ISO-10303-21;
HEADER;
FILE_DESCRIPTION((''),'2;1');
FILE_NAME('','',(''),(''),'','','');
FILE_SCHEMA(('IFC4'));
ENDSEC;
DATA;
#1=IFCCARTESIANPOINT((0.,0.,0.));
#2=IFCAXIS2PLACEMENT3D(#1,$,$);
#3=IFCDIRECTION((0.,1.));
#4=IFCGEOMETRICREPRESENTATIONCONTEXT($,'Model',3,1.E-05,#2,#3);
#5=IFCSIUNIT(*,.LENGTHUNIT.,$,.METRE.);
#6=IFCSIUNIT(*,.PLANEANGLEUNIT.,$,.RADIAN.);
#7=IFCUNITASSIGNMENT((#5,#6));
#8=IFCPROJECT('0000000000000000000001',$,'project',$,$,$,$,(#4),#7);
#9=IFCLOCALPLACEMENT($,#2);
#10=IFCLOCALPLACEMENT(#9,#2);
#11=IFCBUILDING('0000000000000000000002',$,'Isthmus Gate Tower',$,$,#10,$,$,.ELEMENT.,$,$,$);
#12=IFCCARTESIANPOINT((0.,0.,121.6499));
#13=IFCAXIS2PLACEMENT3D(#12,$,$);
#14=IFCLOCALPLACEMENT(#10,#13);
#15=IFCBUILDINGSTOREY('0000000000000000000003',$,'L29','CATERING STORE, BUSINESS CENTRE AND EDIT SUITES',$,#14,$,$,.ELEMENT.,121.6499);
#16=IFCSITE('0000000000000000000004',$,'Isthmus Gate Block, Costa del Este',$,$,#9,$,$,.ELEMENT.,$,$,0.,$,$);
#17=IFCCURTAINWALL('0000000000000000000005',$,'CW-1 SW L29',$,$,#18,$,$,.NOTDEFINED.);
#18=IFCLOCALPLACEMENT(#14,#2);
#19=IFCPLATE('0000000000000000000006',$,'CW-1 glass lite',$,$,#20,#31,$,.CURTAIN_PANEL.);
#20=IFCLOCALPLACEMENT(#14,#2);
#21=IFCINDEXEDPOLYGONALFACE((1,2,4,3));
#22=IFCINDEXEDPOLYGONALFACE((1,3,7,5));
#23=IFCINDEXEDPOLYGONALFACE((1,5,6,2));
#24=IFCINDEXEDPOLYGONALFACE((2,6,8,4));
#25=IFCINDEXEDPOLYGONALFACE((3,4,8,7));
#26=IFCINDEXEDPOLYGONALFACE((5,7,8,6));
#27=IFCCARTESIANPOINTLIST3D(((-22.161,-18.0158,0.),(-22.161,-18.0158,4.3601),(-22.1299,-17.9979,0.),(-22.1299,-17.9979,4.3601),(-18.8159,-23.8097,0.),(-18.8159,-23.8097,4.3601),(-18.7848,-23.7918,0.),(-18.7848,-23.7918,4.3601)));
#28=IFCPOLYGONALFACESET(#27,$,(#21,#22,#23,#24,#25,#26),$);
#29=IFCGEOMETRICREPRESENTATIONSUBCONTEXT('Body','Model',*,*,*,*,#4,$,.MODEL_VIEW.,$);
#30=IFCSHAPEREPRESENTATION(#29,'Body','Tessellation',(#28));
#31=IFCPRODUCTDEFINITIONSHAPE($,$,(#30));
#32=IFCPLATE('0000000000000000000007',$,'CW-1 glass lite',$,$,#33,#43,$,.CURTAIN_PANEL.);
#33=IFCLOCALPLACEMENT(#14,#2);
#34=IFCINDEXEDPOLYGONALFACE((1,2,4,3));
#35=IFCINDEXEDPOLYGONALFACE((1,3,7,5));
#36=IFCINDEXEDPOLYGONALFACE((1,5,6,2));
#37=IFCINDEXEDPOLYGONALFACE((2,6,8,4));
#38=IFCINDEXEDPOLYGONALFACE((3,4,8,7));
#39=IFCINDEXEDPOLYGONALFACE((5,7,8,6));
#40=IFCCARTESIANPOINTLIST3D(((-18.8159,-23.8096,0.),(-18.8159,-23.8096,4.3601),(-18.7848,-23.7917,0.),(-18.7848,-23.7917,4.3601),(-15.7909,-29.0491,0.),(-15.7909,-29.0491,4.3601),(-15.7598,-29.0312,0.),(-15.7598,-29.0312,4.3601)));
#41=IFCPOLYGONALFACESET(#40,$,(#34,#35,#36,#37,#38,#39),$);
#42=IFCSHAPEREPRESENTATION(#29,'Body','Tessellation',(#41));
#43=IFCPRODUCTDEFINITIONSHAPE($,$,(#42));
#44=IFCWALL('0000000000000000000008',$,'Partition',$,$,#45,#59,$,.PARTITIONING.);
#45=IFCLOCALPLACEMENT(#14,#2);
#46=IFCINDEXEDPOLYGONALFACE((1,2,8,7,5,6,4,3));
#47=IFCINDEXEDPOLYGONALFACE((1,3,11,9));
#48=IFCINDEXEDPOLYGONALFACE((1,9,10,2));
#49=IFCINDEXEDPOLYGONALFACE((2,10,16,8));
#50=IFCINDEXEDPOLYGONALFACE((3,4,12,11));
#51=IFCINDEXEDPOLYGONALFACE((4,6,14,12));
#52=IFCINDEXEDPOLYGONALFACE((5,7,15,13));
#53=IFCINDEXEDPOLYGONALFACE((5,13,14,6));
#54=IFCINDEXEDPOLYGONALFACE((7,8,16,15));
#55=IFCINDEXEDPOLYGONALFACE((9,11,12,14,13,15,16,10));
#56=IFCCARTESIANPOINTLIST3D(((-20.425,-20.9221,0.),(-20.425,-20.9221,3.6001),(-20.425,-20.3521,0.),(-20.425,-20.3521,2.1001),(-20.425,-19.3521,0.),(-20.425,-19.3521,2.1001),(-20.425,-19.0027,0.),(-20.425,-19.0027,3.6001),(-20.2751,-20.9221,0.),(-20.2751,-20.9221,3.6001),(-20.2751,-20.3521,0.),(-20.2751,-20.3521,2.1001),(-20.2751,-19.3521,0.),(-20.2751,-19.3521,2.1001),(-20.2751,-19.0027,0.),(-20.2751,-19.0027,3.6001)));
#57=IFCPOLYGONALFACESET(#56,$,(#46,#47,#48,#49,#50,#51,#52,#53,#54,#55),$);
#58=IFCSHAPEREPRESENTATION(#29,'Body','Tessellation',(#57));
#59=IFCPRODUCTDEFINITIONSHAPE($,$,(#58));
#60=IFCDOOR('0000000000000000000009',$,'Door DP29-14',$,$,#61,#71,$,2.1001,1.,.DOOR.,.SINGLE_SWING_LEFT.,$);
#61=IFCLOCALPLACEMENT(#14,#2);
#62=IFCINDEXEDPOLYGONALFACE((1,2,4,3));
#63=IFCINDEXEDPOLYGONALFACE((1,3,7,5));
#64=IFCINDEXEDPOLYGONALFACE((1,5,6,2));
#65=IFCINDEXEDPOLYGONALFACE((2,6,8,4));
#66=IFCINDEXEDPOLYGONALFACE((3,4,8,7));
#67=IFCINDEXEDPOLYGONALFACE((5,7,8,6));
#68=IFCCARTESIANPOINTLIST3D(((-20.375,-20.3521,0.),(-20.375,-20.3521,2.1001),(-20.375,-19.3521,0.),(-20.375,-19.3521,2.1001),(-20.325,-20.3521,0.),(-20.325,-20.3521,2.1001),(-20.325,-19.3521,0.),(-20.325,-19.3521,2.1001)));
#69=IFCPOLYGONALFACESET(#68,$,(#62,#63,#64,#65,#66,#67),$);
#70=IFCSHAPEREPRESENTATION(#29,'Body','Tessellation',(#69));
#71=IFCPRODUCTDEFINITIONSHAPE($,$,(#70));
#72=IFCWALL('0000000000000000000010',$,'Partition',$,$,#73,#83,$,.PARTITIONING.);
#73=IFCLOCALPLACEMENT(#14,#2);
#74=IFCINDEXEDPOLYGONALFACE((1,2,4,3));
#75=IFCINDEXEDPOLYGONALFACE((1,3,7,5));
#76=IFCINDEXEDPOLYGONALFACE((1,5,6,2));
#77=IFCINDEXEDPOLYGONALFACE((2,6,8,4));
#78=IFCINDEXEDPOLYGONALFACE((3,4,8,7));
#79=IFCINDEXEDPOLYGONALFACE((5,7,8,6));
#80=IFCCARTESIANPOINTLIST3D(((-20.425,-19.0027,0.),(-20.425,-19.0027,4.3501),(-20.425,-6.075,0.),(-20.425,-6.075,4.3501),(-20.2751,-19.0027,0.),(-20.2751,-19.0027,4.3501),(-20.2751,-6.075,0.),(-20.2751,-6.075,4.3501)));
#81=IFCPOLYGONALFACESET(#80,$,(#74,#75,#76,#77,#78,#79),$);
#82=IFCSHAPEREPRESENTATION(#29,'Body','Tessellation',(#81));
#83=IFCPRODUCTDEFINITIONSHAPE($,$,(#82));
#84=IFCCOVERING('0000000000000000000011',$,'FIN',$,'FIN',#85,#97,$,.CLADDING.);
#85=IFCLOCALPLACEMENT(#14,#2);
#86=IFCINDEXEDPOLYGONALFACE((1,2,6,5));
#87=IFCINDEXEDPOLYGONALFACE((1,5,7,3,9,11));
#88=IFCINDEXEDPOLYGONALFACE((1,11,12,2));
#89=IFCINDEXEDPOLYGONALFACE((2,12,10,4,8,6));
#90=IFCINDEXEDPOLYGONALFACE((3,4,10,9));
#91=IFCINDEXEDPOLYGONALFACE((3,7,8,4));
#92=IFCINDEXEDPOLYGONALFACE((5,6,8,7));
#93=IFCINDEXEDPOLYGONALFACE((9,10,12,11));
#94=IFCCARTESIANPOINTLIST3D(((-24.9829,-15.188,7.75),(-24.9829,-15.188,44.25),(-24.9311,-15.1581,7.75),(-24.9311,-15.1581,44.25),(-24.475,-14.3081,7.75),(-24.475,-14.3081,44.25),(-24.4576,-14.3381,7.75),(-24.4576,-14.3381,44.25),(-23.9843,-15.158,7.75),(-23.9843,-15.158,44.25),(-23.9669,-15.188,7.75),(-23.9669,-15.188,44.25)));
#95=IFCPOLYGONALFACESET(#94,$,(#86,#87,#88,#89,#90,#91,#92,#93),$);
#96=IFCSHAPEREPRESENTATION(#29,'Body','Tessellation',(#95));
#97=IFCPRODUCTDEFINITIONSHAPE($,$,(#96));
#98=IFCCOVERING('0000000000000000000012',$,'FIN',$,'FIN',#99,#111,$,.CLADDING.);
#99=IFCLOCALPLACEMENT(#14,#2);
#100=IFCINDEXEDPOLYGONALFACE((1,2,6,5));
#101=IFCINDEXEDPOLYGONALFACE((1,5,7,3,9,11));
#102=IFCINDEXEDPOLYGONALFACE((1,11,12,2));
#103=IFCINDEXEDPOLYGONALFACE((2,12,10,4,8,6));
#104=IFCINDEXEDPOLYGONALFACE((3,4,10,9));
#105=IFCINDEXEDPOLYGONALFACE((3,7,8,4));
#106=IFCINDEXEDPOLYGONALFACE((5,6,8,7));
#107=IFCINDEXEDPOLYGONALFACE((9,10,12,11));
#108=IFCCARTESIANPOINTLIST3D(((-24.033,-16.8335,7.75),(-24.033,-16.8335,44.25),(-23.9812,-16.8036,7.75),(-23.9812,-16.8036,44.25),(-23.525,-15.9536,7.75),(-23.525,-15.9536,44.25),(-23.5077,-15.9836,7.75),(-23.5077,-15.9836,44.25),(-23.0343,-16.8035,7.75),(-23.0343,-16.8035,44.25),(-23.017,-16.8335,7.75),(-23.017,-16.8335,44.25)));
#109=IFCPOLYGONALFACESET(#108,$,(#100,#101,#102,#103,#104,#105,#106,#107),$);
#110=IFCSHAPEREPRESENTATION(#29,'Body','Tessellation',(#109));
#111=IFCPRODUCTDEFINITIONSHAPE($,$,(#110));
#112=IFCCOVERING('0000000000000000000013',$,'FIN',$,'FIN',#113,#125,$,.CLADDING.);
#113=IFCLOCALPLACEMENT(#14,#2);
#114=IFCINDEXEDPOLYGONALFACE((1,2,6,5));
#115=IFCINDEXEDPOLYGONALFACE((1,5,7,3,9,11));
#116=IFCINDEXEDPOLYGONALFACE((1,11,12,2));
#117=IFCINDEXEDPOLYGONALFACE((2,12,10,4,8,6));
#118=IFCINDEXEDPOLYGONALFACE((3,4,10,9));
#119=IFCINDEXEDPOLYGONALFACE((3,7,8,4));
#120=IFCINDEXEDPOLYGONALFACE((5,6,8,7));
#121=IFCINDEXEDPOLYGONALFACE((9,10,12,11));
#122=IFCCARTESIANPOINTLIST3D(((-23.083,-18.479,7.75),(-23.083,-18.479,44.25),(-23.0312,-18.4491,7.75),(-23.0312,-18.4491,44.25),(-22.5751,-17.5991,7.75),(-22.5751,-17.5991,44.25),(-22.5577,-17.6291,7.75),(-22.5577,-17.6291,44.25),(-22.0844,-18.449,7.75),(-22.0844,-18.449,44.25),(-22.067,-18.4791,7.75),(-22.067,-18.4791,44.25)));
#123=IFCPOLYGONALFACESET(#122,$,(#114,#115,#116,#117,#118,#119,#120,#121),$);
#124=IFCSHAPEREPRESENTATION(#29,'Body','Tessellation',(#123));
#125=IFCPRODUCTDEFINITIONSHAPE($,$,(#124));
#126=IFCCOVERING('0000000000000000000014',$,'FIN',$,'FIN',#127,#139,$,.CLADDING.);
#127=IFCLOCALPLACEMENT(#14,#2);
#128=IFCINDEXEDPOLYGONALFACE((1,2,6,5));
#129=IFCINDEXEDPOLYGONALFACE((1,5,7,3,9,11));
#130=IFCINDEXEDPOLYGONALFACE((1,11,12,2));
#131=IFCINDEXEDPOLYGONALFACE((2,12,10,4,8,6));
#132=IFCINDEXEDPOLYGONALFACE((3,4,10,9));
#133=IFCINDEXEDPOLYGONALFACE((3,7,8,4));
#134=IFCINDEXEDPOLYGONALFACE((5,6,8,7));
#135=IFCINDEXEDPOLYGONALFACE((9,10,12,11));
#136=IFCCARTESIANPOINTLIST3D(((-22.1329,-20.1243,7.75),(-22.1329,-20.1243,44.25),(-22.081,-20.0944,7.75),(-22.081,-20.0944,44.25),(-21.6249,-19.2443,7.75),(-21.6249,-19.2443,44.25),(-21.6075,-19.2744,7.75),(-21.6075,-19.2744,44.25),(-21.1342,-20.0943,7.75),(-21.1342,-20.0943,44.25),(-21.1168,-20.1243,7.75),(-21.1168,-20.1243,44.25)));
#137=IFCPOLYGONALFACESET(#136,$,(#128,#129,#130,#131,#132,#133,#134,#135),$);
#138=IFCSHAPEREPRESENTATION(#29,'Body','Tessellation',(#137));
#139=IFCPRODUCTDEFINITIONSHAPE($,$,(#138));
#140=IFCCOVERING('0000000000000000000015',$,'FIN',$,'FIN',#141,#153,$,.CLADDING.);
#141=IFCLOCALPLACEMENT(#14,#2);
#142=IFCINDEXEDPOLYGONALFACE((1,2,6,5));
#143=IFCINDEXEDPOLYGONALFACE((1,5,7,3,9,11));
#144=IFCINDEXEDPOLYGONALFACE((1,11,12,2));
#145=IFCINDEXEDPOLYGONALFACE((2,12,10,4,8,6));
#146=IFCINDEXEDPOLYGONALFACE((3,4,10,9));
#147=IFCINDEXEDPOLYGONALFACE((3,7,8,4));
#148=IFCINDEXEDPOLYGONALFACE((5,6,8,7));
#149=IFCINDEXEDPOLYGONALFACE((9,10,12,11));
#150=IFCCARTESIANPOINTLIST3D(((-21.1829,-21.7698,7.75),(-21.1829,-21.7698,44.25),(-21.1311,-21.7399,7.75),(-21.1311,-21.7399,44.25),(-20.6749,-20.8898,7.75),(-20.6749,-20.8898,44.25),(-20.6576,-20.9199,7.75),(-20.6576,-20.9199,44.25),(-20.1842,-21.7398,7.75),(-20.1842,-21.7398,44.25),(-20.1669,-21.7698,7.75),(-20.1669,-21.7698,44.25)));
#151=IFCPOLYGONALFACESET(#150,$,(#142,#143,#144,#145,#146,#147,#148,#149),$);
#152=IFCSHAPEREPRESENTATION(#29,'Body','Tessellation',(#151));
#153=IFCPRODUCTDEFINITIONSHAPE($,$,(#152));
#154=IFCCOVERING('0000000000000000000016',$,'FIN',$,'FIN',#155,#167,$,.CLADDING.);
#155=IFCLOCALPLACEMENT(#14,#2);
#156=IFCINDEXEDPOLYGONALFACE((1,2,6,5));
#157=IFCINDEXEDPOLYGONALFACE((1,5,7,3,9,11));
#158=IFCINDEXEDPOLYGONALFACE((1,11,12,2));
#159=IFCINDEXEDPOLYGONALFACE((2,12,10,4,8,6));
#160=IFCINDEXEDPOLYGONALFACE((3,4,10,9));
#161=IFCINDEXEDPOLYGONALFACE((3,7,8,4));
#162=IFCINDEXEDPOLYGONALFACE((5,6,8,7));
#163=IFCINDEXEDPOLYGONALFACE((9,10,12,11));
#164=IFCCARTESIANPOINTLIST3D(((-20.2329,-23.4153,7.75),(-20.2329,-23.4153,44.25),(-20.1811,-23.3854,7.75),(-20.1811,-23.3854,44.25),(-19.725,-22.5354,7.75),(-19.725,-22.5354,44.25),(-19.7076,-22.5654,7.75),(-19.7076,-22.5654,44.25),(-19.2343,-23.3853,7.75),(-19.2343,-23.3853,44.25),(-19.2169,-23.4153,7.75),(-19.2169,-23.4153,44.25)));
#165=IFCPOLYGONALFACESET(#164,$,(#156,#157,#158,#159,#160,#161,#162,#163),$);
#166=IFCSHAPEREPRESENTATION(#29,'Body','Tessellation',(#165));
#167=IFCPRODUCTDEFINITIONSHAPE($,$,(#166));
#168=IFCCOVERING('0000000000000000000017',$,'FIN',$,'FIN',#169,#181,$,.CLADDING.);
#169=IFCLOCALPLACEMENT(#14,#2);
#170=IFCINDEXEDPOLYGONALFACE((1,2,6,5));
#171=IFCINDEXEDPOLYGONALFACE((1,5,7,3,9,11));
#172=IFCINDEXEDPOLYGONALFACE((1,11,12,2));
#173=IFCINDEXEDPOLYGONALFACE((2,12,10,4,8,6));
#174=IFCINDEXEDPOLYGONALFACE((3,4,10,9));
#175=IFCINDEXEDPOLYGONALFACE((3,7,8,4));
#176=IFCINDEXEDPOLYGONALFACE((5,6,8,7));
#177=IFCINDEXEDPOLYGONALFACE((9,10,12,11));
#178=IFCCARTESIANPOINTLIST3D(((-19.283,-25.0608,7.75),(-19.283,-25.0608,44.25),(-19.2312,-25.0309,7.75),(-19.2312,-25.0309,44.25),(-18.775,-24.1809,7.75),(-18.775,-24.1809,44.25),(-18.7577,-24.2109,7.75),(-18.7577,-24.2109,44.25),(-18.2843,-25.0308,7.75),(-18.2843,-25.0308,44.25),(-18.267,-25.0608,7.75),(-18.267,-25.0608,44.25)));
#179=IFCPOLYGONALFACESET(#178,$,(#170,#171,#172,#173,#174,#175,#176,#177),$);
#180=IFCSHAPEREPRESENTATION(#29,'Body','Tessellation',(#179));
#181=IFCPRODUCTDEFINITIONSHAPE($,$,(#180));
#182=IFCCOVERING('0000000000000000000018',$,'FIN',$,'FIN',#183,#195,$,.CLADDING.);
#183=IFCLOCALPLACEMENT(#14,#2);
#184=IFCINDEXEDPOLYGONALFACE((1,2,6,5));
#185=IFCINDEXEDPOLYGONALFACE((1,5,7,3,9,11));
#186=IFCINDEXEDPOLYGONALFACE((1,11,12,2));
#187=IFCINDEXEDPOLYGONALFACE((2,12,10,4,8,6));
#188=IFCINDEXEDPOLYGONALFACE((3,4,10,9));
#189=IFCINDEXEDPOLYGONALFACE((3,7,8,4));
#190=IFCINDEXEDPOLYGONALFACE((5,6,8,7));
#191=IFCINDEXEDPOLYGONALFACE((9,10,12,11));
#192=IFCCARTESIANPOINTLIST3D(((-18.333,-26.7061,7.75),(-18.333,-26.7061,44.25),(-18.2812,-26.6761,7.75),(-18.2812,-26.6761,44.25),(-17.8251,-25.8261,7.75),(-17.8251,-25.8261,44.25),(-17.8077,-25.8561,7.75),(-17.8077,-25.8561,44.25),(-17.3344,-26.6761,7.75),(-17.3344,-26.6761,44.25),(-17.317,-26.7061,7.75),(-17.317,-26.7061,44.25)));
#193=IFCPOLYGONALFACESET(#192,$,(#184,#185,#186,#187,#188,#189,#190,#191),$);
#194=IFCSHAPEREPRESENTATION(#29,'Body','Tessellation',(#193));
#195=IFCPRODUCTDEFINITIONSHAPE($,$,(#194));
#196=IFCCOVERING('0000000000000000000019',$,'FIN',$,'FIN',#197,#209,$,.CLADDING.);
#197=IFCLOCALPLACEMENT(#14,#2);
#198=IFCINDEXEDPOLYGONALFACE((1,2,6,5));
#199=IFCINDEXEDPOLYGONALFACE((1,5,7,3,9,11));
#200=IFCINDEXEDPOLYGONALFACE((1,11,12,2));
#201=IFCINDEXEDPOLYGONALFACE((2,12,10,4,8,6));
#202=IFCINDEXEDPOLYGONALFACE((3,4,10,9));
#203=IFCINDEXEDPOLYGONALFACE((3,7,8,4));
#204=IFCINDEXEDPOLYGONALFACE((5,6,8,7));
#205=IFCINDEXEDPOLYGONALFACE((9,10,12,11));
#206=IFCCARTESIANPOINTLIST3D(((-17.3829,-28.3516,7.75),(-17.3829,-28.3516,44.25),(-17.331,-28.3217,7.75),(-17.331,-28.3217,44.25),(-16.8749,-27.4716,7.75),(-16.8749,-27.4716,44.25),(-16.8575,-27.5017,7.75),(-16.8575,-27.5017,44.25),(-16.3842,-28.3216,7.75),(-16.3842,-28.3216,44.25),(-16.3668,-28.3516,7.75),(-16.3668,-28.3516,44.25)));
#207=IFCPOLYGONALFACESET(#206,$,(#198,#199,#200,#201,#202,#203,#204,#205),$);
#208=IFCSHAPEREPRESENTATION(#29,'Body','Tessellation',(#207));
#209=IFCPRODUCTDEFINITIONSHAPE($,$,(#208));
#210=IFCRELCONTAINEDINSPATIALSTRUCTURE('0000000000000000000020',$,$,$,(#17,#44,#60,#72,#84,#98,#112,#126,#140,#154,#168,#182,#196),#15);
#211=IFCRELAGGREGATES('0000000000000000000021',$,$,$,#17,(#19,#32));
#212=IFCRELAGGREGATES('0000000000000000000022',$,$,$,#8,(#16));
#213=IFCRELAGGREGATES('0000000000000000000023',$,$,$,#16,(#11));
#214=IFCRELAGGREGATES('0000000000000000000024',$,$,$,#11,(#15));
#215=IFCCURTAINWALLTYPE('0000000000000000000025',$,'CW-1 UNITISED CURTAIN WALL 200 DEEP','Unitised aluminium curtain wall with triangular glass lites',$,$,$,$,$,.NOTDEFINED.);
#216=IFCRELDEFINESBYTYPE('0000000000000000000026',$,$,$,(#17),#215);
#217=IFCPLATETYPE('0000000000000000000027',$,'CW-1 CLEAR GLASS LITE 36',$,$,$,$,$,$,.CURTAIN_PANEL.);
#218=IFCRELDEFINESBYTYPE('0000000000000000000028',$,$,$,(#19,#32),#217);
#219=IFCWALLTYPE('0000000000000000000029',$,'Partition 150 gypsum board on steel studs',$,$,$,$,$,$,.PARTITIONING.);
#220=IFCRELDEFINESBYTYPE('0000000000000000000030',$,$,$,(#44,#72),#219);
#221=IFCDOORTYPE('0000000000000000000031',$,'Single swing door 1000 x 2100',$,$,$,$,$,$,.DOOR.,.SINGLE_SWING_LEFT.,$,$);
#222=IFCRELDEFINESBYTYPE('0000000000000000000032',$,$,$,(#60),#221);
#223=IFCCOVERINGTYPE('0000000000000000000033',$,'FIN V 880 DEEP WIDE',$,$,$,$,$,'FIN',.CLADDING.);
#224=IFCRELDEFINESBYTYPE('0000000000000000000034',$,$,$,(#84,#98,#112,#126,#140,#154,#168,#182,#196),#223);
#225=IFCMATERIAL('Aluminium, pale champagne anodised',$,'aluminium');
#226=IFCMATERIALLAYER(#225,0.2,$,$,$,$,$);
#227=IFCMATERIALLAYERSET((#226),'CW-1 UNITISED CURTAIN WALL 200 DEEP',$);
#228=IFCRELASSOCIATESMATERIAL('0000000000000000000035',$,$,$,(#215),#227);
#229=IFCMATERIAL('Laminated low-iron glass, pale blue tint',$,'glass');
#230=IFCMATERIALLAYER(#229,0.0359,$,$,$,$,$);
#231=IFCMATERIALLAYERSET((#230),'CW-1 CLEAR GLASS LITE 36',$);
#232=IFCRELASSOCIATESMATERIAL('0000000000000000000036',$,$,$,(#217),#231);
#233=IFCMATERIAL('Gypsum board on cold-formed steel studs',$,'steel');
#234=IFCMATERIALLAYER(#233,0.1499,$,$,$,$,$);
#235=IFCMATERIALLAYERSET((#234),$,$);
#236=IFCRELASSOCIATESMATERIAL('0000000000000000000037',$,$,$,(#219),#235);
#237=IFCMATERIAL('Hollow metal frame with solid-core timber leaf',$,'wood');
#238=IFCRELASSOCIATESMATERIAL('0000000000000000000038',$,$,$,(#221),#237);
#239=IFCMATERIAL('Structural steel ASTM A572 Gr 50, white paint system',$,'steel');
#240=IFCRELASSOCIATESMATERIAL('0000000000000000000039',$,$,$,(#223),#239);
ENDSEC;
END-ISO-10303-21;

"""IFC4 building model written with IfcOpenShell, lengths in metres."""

from ifc_helpers import new_model, si_unit, direction, frame, frame_2d, origin, origin_2d, place, context, subcontext, project, spatial, polyline, rectangle, outline, extrude, material, layer, layer_set, material_profile, profile_set, type_object, element, fill, aggregate, save


model = new_model("IFC4")

# Units and contexts
model_context = context("Model", 3, precision=1e-05, world=origin(), true_north=direction((0.0, 1.0)))
body_context = subcontext(model_context, "Body", "Model", "MODEL_VIEW")
ifc_project = project(units=[si_unit("LENGTHUNIT", "METRE"), si_unit("PLANEANGLEUNIT", "RADIAN")], contexts=[model_context])

# Site, building, storey
site_placement = place(None, origin())
site = spatial("IfcSite", under=ifc_project, at=site_placement, Name="Isthmus Gate Block, Costa del Este", CompositionType="ELEMENT", RefElevation=0.0)
building_placement = place(site_placement, origin())
building = spatial("IfcBuilding", under=site, at=building_placement, Name="Isthmus Gate Tower", CompositionType="ELEMENT")
storey_placement = place(building_placement, frame((0.0, 0.0, 121.6499)))
storey = spatial("IfcBuildingStorey", under=building, at=storey_placement, Name="L29", Description="CATERING STORE, BUSINESS CENTRE AND EDIT SUITES", CompositionType="ELEMENT", Elevation=121.6499)

# Curtain wall
ifc_material_1 = material(Name="Aluminium, pale champagne anodised", Category="aluminium")
ifc_layer_1 = layer(ifc_material_1, 0.2)
ifc_layer_set_1 = layer_set([ifc_layer_1], Name="CW-1 UNITISED CURTAIN WALL 200 DEEP")
curtain_wall_type = type_object("IfcCurtainWallType", Name="CW-1 UNITISED CURTAIN WALL 200 DEEP", Description="Unitised aluminium curtain wall with triangular glass lites", PredefinedType="NOTDEFINED", material=ifc_layer_set_1)
curtain_wall_1_placement = place(storey_placement, origin())
curtain_wall_1 = element("IfcCurtainWall", 1, at=curtain_wall_1_placement, inside=storey, type_object=curtain_wall_type, Name="CW-1 SW L29", PredefinedType="NOTDEFINED")

# Plates
ifc_material_2 = material(Name="Laminated low-iron glass, pale blue tint", Category="glass")
ifc_layer_2 = layer(ifc_material_2, 0.0359)
ifc_layer_set_2 = layer_set([ifc_layer_2], Name="CW-1 CLEAR GLASS LITE 36")
plate_type = type_object("IfcPlateType", Name="CW-1 CLEAR GLASS LITE 36", PredefinedType="CURTAIN_PANEL", material=ifc_layer_set_2)
plate_1_placement = place(storey_placement, frame((-20.4729, -20.9038, 0.0), z_axis=(0.0, 0.0, 1.0), x_axis=(0.5, -0.866025, 0.0)))
plate_1 = element("IfcPlate", 2, at=plate_1_placement, type_object=plate_type, Name="CW-1 glass lite", PredefinedType="CURTAIN_PANEL", context=body_context, shape_type="SweptSolid", body=[
    extrude(rectangle(XDim=6.6902, YDim=0.0359, at=origin_2d()), origin(), (0.0, 0.0, 1.0), 4.3601),
])
plate_2_placement = place(storey_placement, frame((-17.2878, -26.4204, 0.0), z_axis=(0.0, 0.0, 1.0), x_axis=(0.5, -0.866025, 0.0)))
plate_2 = element("IfcPlate", 3, at=plate_2_placement, type_object=plate_type, Name="CW-1 glass lite", PredefinedType="CURTAIN_PANEL", context=body_context, shape_type="SweptSolid", body=[
    extrude(rectangle(XDim=6.05, YDim=0.0359, at=origin_2d()), origin(), (0.0, 0.0, 1.0), 4.3601),
])
aggregate(curtain_wall_1, [plate_1, plate_2])

# Wall, opening, door
ifc_material_3 = material(Name="Gypsum board on cold-formed steel studs", Category="steel")
ifc_layer_3 = layer(ifc_material_3, 0.1499)
ifc_layer_set_3 = layer_set([ifc_layer_3])
wall_type = type_object("IfcWallType", Name="Partition 150 gypsum board on steel studs", PredefinedType="PARTITIONING", material=ifc_layer_set_3)
wall_1_placement = place(storey_placement, frame((-20.3501, -20.9221, 0.0), z_axis=(0.0, 0.0, 1.0), x_axis=(0.0, 1.0, 0.0)))
wall_1 = element("IfcWall", 4, at=wall_1_placement, inside=storey, type_object=wall_type, Name="Partition", PredefinedType="PARTITIONING", context=body_context, shape_type="SweptSolid", body=[
    extrude(rectangle(XDim=1.9194, YDim=0.1499, at=frame_2d((0.9597, 0.0))), origin(), (0.0, 0.0, 1.0), 3.6001),
])
opening_placement = place(wall_1_placement, frame((0.5701, 0.0, 0.0)))
opening = element("IfcOpeningElement", 5, at=opening_placement, cuts=wall_1, PredefinedType="OPENING", context=body_context, shape_type="SweptSolid", body=[
    extrude(rectangle(XDim=1.0, YDim=2.1001, at=frame_2d((0.5, 1.05))), frame((0.0, 0.085, 0.0), z_axis=(0.0, -1.0, 0.0), x_axis=(1.0, 0.0, 0.0)), (0.0, 0.0, 1.0), 0.1699),
])
ifc_material_4 = material(Name="Hollow metal frame with solid-core timber leaf", Category="wood")
door_type = type_object("IfcDoorType", Name="Single swing door 1000 x 2100", OperationType="SINGLE_SWING_LEFT", PredefinedType="DOOR", material=ifc_material_4)
door_placement = place(opening_placement, origin())
door = element("IfcDoor", 6, at=door_placement, inside=storey, type_object=door_type, Name="Door DP29-14", OperationType="SINGLE_SWING_LEFT", OverallHeight=2.1001, OverallWidth=1.0, PredefinedType="DOOR", context=body_context, shape_type="SweptSolid", body=[
    extrude(rectangle(XDim=1.0, YDim=2.1001, at=frame_2d((0.5, 1.05))), frame((0.0, 0.0249, 0.0), z_axis=(0.0, -1.0, 0.0), x_axis=(1.0, 0.0, 0.0)), (0.0, 0.0, 1.0), 0.05),
])
fill(opening, door)

# Wall
wall_2_placement = place(storey_placement, frame((-20.3501, -19.0027, 0.0), z_axis=(0.0, 0.0, 1.0), x_axis=(0.0, 1.0, 0.0)))
element("IfcWall", 7, at=wall_2_placement, inside=storey, type_object=wall_type, Name="Partition", PredefinedType="PARTITIONING", context=body_context, shape_type="SweptSolid", body=[
    extrude(rectangle(XDim=12.9277, YDim=0.1499, at=frame_2d((6.4639, 0.0))), origin(), (0.0, 0.0, 1.0), 4.3501),
])

# Coverings
ifc_material_5 = material(Name="Structural steel ASTM A572 Gr 50, white paint system", Category="steel")
ifc_material_profile_1 = material_profile(ifc_material_5, outline(polyline([(0.0, -0.5081), (0.8799, 0.0), (0.0, 0.5081), (0.0, 0.4734), (0.8201, 0.0), (0.0, -0.4734), (0.0, -0.5081)])), Name="V880W")
ifc_profile_set_1 = profile_set([ifc_material_profile_1], Name="Structural steel ASTM A572 Gr 50, white paint system")
covering_type = type_object("IfcCoveringType", Name="FIN V 880 DEEP WIDE", ElementType="FIN", PredefinedType="CLADDING", material=ifc_profile_set_1)
for number, where, z_axis, x_axis, name in (
    (8, (-24.2209, -14.748, 7.75), (0.0, 0.0, 1.0), (-0.866025, -0.5, 0.0), "FIN"),
    (9, (-23.271, -16.3936, 7.75), (0.0, 0.0, 1.0), (-0.866025, -0.5, 0.0), "FIN"),
    (10, (-22.321, -18.0391, 7.75), (0.0, 0.0, 1.0), (-0.866025, -0.5, 0.0), "FIN"),
    (11, (-21.3708, -19.6843, 7.75), (0.0, 0.0, 1.0), (-0.866025, -0.5, 0.0), "FIN"),
    (12, (-20.4209, -21.3298, 7.75), (0.0, 0.0, 1.0), (-0.866025, -0.5, 0.0), "FIN"),
    (13, (-19.4709, -22.9753, 7.75), (0.0, 0.0, 1.0), (-0.866025, -0.5, 0.0), "FIN"),
    (14, (-18.521, -24.6208, 7.75), (0.0, 0.0, 1.0), (-0.866025, -0.5, 0.0), "FIN"),
    (15, (-17.571, -26.2661, 7.75), (0.0, 0.0, 1.0), (-0.866025, -0.5, 0.0), "FIN"),
    (16, (-16.6208, -27.9116, 7.75), (0.0, 0.0, 1.0), (-0.866025, -0.5, 0.0), "FIN"),
):
    element("IfcCovering", number, at=place(storey_placement, frame(where, z_axis=z_axis, x_axis=x_axis)), inside=storey, type_object=covering_type, Name=name, ObjectType="FIN", PredefinedType="CLADDING", context=body_context, shape_type="SweptSolid", body=[
        extrude(outline(polyline([(0.0, -0.5081), (0.8799, 0.0), (0.0, 0.5081), (0.0, 0.4734), (0.8201, 0.0), (0.0, -0.4734), (0.0, -0.5081)])), origin(), (0.0, 0.0, 1.0), 36.5),
    ])

save(model, "model.ifc")
